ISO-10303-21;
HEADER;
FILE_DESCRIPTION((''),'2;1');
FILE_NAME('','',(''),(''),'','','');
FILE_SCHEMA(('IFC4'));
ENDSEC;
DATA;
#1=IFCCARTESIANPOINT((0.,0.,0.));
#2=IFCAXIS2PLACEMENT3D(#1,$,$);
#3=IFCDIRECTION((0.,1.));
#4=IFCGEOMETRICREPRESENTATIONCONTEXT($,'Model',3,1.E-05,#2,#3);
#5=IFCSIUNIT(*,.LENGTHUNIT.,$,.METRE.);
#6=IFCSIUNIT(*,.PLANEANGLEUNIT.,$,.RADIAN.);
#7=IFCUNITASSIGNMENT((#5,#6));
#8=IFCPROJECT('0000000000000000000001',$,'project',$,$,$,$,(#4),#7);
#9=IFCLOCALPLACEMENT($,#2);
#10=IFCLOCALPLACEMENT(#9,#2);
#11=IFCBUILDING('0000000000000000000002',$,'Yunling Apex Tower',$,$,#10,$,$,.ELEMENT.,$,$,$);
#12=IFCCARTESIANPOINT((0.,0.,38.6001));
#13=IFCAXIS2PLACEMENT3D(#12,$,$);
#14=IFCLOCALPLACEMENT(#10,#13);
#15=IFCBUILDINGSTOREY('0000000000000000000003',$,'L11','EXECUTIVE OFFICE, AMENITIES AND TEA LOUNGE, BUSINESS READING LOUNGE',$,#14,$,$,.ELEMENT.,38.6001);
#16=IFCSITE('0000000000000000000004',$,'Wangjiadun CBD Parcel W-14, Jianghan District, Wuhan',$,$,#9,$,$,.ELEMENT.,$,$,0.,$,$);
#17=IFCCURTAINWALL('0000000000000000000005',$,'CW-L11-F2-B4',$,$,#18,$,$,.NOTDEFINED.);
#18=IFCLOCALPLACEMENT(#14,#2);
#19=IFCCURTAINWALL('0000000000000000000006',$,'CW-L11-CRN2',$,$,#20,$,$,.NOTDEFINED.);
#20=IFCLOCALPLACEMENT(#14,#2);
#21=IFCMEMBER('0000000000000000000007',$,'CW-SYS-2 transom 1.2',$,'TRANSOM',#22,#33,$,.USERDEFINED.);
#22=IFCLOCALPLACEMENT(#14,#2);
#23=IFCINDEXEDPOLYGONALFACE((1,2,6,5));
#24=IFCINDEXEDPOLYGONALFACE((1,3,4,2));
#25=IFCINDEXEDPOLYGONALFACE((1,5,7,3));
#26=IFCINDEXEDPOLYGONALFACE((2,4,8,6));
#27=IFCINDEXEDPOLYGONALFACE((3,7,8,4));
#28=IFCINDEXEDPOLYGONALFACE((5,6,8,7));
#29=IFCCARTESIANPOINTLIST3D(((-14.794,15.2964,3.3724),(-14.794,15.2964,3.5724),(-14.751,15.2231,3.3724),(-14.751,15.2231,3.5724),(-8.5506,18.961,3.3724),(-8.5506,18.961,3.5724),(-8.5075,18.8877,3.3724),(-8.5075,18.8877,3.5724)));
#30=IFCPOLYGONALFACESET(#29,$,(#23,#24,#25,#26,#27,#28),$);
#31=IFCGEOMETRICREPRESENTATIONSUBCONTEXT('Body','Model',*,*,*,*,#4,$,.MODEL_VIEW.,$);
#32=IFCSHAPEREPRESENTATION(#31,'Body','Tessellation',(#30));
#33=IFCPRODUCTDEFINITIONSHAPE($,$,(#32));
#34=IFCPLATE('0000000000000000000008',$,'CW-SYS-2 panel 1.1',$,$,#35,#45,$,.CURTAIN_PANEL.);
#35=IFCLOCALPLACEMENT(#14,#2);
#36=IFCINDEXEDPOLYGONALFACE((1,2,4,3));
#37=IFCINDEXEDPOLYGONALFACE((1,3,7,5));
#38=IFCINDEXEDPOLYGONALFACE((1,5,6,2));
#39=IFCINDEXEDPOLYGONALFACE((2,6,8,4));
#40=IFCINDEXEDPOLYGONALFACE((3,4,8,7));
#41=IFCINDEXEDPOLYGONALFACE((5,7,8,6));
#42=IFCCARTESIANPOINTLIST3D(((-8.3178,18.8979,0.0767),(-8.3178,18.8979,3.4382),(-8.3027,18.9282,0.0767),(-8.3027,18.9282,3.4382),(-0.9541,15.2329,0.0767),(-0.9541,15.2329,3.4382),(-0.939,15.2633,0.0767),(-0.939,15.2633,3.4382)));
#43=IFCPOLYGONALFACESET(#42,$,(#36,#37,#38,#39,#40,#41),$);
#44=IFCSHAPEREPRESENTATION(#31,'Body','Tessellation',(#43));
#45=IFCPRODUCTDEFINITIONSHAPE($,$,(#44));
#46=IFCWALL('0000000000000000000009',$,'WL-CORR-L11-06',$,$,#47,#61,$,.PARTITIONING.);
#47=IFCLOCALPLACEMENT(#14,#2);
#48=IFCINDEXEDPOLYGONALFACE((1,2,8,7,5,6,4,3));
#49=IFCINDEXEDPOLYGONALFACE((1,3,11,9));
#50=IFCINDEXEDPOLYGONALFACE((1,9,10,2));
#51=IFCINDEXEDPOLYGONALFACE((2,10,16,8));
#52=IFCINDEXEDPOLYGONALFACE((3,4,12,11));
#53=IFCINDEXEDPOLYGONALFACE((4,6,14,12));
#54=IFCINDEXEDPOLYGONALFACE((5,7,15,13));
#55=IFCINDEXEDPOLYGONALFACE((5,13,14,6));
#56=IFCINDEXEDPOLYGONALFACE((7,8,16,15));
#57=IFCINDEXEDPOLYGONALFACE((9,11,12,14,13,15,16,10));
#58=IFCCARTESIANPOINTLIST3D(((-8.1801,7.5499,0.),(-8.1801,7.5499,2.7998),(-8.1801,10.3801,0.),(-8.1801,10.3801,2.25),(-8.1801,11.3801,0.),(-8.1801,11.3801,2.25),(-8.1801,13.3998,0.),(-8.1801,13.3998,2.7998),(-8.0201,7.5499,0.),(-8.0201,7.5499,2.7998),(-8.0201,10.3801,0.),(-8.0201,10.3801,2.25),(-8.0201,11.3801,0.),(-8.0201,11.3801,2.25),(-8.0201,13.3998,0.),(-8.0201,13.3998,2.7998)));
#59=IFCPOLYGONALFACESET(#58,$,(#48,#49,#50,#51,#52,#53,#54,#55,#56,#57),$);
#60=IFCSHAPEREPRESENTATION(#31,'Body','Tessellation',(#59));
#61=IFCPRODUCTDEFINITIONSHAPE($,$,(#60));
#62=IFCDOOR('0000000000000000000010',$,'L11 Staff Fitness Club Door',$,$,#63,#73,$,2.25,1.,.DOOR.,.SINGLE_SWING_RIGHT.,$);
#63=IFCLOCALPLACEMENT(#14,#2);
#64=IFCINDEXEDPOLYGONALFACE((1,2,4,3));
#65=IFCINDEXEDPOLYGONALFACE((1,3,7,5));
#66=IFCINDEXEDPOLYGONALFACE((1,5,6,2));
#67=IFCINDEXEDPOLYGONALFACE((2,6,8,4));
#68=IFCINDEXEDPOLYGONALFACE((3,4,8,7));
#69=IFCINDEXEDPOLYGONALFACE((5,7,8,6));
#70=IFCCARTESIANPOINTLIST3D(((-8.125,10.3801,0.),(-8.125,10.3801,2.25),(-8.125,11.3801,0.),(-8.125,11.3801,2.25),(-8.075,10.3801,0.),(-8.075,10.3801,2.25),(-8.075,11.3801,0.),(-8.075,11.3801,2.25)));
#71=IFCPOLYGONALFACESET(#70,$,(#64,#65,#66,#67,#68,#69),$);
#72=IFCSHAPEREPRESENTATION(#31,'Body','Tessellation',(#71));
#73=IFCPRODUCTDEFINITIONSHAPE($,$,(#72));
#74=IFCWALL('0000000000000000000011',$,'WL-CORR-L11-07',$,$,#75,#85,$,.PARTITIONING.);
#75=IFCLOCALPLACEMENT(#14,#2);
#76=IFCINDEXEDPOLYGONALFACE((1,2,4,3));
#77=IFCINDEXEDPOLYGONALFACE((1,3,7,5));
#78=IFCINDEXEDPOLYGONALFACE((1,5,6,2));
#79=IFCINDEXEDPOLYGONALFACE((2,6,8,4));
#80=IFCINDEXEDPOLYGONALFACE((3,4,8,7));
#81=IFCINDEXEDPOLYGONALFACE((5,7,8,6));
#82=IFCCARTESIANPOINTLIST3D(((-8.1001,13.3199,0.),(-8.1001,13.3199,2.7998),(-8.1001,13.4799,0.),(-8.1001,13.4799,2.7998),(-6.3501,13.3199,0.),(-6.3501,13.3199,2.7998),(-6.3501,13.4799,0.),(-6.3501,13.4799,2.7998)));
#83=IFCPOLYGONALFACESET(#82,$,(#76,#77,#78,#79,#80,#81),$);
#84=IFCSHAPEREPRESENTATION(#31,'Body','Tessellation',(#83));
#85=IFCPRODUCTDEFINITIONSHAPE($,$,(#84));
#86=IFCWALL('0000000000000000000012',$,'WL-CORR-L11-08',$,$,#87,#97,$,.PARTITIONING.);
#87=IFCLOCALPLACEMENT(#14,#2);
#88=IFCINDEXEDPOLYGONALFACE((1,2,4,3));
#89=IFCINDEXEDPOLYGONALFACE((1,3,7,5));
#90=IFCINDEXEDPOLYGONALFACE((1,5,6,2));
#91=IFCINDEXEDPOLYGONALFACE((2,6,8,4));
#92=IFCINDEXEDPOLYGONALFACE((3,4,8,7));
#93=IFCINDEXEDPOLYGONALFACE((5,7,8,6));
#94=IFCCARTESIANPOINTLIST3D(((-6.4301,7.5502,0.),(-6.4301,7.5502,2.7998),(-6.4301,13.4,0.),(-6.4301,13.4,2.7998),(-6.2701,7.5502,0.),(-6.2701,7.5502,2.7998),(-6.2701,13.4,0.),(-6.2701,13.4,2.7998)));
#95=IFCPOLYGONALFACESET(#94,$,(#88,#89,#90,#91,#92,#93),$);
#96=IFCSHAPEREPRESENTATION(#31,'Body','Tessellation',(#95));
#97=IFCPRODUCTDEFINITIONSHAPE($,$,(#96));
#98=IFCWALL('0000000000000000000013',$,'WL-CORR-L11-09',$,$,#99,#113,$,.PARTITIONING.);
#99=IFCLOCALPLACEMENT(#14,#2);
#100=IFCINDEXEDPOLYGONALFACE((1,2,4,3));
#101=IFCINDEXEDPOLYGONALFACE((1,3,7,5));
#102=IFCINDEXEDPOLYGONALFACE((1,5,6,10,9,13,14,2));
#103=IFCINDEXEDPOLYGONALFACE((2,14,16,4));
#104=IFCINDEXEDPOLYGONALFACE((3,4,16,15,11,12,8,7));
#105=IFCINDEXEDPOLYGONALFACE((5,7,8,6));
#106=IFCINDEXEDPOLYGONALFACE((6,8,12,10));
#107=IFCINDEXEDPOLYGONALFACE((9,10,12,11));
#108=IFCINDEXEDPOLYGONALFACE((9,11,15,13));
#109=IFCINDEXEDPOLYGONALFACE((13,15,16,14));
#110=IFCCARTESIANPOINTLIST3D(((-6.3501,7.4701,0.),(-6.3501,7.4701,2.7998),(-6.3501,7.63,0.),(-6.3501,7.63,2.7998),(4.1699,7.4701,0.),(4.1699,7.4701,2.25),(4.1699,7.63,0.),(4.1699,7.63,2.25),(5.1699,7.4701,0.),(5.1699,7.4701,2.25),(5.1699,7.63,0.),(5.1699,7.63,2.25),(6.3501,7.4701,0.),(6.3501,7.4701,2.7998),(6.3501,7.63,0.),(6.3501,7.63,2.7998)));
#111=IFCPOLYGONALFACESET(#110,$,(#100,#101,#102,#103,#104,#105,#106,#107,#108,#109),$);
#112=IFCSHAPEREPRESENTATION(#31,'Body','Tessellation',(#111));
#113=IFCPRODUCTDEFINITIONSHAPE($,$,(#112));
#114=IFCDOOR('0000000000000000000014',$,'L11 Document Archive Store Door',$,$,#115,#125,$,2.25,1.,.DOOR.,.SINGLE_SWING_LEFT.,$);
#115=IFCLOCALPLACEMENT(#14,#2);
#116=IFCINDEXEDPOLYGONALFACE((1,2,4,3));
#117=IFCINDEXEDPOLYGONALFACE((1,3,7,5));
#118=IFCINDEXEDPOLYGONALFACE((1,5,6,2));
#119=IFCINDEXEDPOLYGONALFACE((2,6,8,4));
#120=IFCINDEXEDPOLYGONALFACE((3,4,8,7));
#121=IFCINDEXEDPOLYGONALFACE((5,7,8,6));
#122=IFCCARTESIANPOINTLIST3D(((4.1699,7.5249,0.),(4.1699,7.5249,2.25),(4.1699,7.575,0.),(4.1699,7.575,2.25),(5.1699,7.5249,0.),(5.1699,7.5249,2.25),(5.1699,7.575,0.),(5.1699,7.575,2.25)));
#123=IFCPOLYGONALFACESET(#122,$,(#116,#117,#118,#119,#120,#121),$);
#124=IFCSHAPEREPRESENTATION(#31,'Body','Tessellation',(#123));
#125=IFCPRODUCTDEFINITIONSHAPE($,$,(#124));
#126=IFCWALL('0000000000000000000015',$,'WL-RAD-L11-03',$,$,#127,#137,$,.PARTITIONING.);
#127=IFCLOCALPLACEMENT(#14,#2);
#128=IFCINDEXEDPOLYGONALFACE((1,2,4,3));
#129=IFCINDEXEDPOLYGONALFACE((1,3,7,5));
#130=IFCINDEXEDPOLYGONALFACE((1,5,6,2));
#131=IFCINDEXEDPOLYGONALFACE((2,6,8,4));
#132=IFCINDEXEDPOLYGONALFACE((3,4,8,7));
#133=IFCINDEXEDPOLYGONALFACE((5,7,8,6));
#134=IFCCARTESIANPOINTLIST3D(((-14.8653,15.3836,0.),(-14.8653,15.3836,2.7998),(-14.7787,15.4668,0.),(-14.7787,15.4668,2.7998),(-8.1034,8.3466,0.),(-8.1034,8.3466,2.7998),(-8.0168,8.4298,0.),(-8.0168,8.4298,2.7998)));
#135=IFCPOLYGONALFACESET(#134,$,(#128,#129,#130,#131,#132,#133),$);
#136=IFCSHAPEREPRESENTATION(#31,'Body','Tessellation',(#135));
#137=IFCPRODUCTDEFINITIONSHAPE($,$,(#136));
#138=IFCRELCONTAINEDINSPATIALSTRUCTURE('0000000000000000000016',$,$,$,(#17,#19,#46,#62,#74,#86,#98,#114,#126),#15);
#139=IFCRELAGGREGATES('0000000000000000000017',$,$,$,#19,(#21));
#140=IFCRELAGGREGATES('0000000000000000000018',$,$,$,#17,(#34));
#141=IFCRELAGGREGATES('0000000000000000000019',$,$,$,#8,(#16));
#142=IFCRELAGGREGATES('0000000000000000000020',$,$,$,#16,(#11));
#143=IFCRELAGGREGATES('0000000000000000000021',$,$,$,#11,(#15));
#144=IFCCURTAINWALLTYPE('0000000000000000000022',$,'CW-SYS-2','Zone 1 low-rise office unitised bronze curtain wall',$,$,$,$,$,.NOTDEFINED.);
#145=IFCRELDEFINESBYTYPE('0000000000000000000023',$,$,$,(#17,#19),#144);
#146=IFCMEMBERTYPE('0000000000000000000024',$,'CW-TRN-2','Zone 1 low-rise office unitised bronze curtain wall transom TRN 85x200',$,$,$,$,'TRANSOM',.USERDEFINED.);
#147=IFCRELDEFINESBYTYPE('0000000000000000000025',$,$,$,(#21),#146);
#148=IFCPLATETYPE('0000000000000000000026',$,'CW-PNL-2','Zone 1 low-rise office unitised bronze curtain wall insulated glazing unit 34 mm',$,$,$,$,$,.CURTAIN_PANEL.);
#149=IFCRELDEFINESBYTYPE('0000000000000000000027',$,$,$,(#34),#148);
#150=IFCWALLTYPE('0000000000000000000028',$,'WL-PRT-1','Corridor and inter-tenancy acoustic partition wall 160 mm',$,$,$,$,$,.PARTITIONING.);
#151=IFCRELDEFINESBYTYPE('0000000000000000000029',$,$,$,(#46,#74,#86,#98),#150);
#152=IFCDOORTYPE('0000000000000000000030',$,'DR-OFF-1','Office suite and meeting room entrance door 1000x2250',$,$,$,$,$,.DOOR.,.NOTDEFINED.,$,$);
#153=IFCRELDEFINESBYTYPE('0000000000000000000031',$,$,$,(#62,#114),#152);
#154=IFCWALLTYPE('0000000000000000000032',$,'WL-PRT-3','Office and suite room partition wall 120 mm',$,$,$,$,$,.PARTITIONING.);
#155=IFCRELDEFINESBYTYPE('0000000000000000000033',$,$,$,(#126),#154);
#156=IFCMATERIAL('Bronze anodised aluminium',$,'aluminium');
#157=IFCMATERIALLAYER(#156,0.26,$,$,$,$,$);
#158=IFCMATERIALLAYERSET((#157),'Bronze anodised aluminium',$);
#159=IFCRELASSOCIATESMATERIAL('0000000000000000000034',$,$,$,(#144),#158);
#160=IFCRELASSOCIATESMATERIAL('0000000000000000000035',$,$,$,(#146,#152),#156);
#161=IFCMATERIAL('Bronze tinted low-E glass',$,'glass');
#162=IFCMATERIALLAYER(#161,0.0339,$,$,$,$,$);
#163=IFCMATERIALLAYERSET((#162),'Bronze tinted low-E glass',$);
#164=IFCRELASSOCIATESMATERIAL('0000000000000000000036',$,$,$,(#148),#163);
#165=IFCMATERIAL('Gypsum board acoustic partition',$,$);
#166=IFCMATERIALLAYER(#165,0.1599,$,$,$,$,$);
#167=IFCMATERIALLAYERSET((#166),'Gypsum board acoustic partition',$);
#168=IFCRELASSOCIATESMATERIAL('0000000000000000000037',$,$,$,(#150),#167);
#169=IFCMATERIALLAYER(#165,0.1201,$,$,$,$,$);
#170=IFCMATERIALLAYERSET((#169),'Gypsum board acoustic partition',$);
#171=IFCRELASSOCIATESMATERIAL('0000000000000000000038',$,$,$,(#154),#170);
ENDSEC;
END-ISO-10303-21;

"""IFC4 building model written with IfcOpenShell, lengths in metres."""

from ifc_helpers import new_model, si_unit, direction, frame, frame_2d, origin, origin_2d, place, context, subcontext, project, spatial, rectangle, extrude, source, transform, mapped, material, layer, layer_set, material_profile, profile_set, type_object, element, fill, aggregate, save


model = new_model("IFC4")

# Units and contexts
model_context = context("Model", 3, precision=1e-05, world=origin(), true_north=direction((0.0, 1.0)))
body_context = subcontext(model_context, "Body", "Model", "MODEL_VIEW")
ifc_project = project(units=[si_unit("LENGTHUNIT", "METRE"), si_unit("PLANEANGLEUNIT", "RADIAN")], contexts=[model_context])

# Site, building, storey
site_placement = place(None, origin())
site = spatial("IfcSite", under=ifc_project, at=site_placement, Name="Wangjiadun CBD Parcel W-14, Jianghan District, Wuhan", CompositionType="ELEMENT", RefElevation=0.0)
building_placement = place(site_placement, origin())
building = spatial("IfcBuilding", under=site, at=building_placement, Name="Yunling Apex Tower", CompositionType="ELEMENT")
storey_placement = place(building_placement, frame((0.0, 0.0, 38.6001)))
storey = spatial("IfcBuildingStorey", under=building, at=storey_placement, Name="L11", Description="EXECUTIVE OFFICE, AMENITIES AND TEA LOUNGE, BUSINESS READING LOUNGE", CompositionType="ELEMENT", Elevation=38.6001)

# Curtain wall
ifc_material_1 = material(Name="Bronze anodised aluminium", Category="aluminium")
ifc_layer_1 = layer(ifc_material_1, 0.26)
ifc_layer_set_1 = layer_set([ifc_layer_1], Name="Bronze anodised aluminium")
curtain_wall_type = type_object("IfcCurtainWallType", Name="CW-SYS-2", Description="Zone 1 low-rise office unitised bronze curtain wall", PredefinedType="NOTDEFINED", material=ifc_layer_set_1)
curtain_wall_1_placement = place(storey_placement, origin())
curtain_wall_1 = element("IfcCurtainWall", 1, at=curtain_wall_1_placement, inside=storey, type_object=curtain_wall_type, Name="CW-L11-F2-B4", PredefinedType="NOTDEFINED")

# Curtain wall, member
curtain_wall_2_placement = place(storey_placement, origin())
curtain_wall_2 = element("IfcCurtainWall", 2, at=curtain_wall_2_placement, inside=storey, type_object=curtain_wall_type, Name="CW-L11-CRN2", PredefinedType="NOTDEFINED")
ifc_material_profile_1 = material_profile(ifc_material_1, rectangle(XDim=0.085, YDim=0.2, at=origin_2d()))
ifc_profile_set_1 = profile_set([ifc_material_profile_1], Name="Bronze anodised aluminium")
member_type_1 = type_object("IfcMemberType", Name="CW-TRN-2", Description="Zone 1 low-rise office unitised bronze curtain wall transom TRN 85x200", ElementType="TRANSOM", PredefinedType="USERDEFINED", material=ifc_profile_set_1)
shared_shape_1 = source(origin(), body_context, "Body", "SweptSolid", [
    extrude(rectangle(XDim=0.085, YDim=0.2, at=origin_2d()), origin(), (0.0, 0.0, 1.0), 7.2395),
])
member_1_placement = place(storey_placement, frame((-8.5291, 18.9243, 3.4724), z_axis=(-0.862419, -0.506195, 0.0), x_axis=(0.506195, -0.862419, 0.0)))
member_1 = element("IfcMember", 3, at=member_1_placement, type_object=member_type_1, Name="CW-SYS-2 transom 1.2", ObjectType="TRANSOM", PredefinedType="USERDEFINED", context=body_context, shape_type="MappedRepresentation", body=[
    mapped(shared_shape_1, transform((0.0, 0.0, 0.0), scale=1.0)),
])
aggregate(curtain_wall_2, [member_1])

# Plate
ifc_material_2 = material(Name="Bronze tinted low-E glass", Category="glass")
ifc_layer_2 = layer(ifc_material_2, 0.0339)
ifc_layer_set_2 = layer_set([ifc_layer_2], Name="Bronze tinted low-E glass")
plate_type = type_object("IfcPlateType", Name="CW-PNL-2", Description="Zone 1 low-rise office unitised bronze curtain wall insulated glazing unit 34 mm", PredefinedType="CURTAIN_PANEL", material=ifc_layer_set_2)
shared_shape_2 = source(origin(), body_context, "Body", "SweptSolid", [
    extrude(rectangle(XDim=8.2253, YDim=0.0339, at=origin_2d()), origin(), (0.0, 0.0, 1.0), 3.3616),
])
plate_placement = place(storey_placement, frame((-4.6284, 17.0806, 0.0767), z_axis=(0.0, 0.0, 1.0), x_axis=(-0.895247, 0.445571, 0.0)))
plate = element("IfcPlate", 4, at=plate_placement, type_object=plate_type, Name="CW-SYS-2 panel 1.1", PredefinedType="CURTAIN_PANEL", context=body_context, shape_type="MappedRepresentation", body=[
    mapped(shared_shape_2, transform((0.0, 0.0, 0.0), scale=1.0)),
])
aggregate(curtain_wall_1, [plate])

# Wall, opening, door
ifc_material_3 = material(Name="Gypsum board acoustic partition")
ifc_layer_3 = layer(ifc_material_3, 0.1599)
ifc_layer_set_3 = layer_set([ifc_layer_3], Name="Gypsum board acoustic partition")
wall_type_1 = type_object("IfcWallType", Name="WL-PRT-1", Description="Corridor and inter-tenancy acoustic partition wall 160 mm", PredefinedType="PARTITIONING", material=ifc_layer_set_3)
wall_1_placement = place(storey_placement, frame((-8.1001, 7.55, 0.0), z_axis=(0.0, 0.0, 1.0), x_axis=(0.0, 1.0, 0.0)))
wall_1 = element("IfcWall", 5, at=wall_1_placement, inside=storey, type_object=wall_type_1, Name="WL-CORR-L11-06", PredefinedType="PARTITIONING", context=body_context, shape_type="SweptSolid", body=[
    extrude(rectangle(XDim=5.8499, YDim=0.1599, at=frame_2d((2.9248, 0.0))), origin(), (0.0, 0.0, 1.0), 2.7998),
])
opening_1_placement = place(wall_1_placement, frame((2.8301, 0.0, 0.0)))
opening_1 = element("IfcOpeningElement", 6, at=opening_1_placement, cuts=wall_1, PredefinedType="OPENING", context=body_context, shape_type="SweptSolid", body=[
    extrude(rectangle(XDim=1.0, YDim=2.25, at=frame_2d((0.5, 1.125))), frame((0.0, 0.0898, 0.0), z_axis=(0.0, -1.0, 0.0), x_axis=(1.0, 0.0, 0.0)), (0.0, 0.0, 1.0), 0.1799),
])
door_type = type_object("IfcDoorType", Name="DR-OFF-1", Description="Office suite and meeting room entrance door 1000x2250", OperationType="NOTDEFINED", PredefinedType="DOOR", material=ifc_material_1)
door_1_placement = place(opening_1_placement, origin())
door_1 = element("IfcDoor", 7, at=door_1_placement, inside=storey, type_object=door_type, Name="L11 Staff Fitness Club Door", OperationType="SINGLE_SWING_RIGHT", OverallHeight=2.25, OverallWidth=1.0, PredefinedType="DOOR", context=body_context, shape_type="SweptSolid", body=[
    extrude(rectangle(XDim=1.0, YDim=2.25, at=frame_2d((0.5, 1.125))), frame((0.0, 0.0249, 0.0), z_axis=(0.0, -1.0, 0.0), x_axis=(1.0, 0.0, 0.0)), (0.0, 0.0, 1.0), 0.05),
])
fill(opening_1, door_1)

# Walls
wall_2_placement = place(storey_placement, frame((-8.1001, 13.3999, 0.0), z_axis=(0.0, 0.0, 1.0), x_axis=(1.0, 0.0, 0.0)))
element("IfcWall", 8, at=wall_2_placement, inside=storey, type_object=wall_type_1, Name="WL-CORR-L11-07", PredefinedType="PARTITIONING", context=body_context, shape_type="SweptSolid", body=[
    extrude(rectangle(XDim=1.75, YDim=0.1599, at=frame_2d((0.875, 0.0))), origin(), (0.0, 0.0, 1.0), 2.7998),
])
wall_3_placement = place(storey_placement, frame((-6.3501, 13.3999, 0.0), z_axis=(0.0, 0.0, 1.0), x_axis=(0.0, -1.0, 0.0)))
element("IfcWall", 9, at=wall_3_placement, inside=storey, type_object=wall_type_1, Name="WL-CORR-L11-08", PredefinedType="PARTITIONING", context=body_context, shape_type="SweptSolid", body=[
    extrude(rectangle(XDim=5.8499, YDim=0.1599, at=frame_2d((2.9248, 0.0))), origin(), (0.0, 0.0, 1.0), 2.7998),
])

# Wall, opening, door
wall_4_placement = place(storey_placement, frame((-6.3501, 7.55, 0.0), z_axis=(0.0, 0.0, 1.0), x_axis=(1.0, 0.0, 0.0)))
wall_4 = element("IfcWall", 10, at=wall_4_placement, inside=storey, type_object=wall_type_1, Name="WL-CORR-L11-09", PredefinedType="PARTITIONING", context=body_context, shape_type="SweptSolid", body=[
    extrude(rectangle(XDim=12.7002, YDim=0.1599, at=frame_2d((6.3501, 0.0))), origin(), (0.0, 0.0, 1.0), 2.7998),
])
opening_2_placement = place(wall_4_placement, frame((10.52, 0.0, 0.0)))
opening_2 = element("IfcOpeningElement", 11, at=opening_2_placement, cuts=wall_4, PredefinedType="OPENING", context=body_context, shape_type="SweptSolid", body=[
    extrude(rectangle(XDim=1.0, YDim=2.25, at=frame_2d((0.5, 1.125))), frame((0.0, 0.0898, 0.0), z_axis=(0.0, -1.0, 0.0), x_axis=(1.0, 0.0, 0.0)), (0.0, 0.0, 1.0), 0.1799),
])
door_2_placement = place(opening_2_placement, origin())
door_2 = element("IfcDoor", 12, at=door_2_placement, inside=storey, type_object=door_type, Name="L11 Document Archive Store Door", OperationType="SINGLE_SWING_LEFT", OverallHeight=2.25, OverallWidth=1.0, PredefinedType="DOOR", context=body_context, shape_type="SweptSolid", body=[
    extrude(rectangle(XDim=1.0, YDim=2.25, at=frame_2d((0.5, 1.125))), frame((0.0, 0.0249, 0.0), z_axis=(0.0, -1.0, 0.0), x_axis=(1.0, 0.0, 0.0)), (0.0, 0.0, 1.0), 0.05),
])
fill(opening_2, door_2)

# Wall
ifc_layer_4 = layer(ifc_material_3, 0.1201)
ifc_layer_set_4 = layer_set([ifc_layer_4], Name="Gypsum board acoustic partition")
wall_type_2 = type_object("IfcWallType", Name="WL-PRT-3", Description="Office and suite room partition wall 120 mm", PredefinedType="PARTITIONING", material=ifc_layer_set_4)
wall_5_placement = place(storey_placement, frame((-8.0601, 8.3882, 0.0), z_axis=(0.0, 0.0, 1.0), x_axis=(-0.69287, 0.721063, 0.0)))
element("IfcWall", 13, at=wall_5_placement, inside=storey, type_object=wall_type_2, Name="WL-RAD-L11-03", PredefinedType="PARTITIONING", context=body_context, shape_type="SweptSolid", body=[
    extrude(rectangle(XDim=9.7593, YDim=0.1201, at=frame_2d((4.8796, 0.0))), origin(), (0.0, 0.0, 1.0), 2.7998),
])

save(model, "model.ifc")
